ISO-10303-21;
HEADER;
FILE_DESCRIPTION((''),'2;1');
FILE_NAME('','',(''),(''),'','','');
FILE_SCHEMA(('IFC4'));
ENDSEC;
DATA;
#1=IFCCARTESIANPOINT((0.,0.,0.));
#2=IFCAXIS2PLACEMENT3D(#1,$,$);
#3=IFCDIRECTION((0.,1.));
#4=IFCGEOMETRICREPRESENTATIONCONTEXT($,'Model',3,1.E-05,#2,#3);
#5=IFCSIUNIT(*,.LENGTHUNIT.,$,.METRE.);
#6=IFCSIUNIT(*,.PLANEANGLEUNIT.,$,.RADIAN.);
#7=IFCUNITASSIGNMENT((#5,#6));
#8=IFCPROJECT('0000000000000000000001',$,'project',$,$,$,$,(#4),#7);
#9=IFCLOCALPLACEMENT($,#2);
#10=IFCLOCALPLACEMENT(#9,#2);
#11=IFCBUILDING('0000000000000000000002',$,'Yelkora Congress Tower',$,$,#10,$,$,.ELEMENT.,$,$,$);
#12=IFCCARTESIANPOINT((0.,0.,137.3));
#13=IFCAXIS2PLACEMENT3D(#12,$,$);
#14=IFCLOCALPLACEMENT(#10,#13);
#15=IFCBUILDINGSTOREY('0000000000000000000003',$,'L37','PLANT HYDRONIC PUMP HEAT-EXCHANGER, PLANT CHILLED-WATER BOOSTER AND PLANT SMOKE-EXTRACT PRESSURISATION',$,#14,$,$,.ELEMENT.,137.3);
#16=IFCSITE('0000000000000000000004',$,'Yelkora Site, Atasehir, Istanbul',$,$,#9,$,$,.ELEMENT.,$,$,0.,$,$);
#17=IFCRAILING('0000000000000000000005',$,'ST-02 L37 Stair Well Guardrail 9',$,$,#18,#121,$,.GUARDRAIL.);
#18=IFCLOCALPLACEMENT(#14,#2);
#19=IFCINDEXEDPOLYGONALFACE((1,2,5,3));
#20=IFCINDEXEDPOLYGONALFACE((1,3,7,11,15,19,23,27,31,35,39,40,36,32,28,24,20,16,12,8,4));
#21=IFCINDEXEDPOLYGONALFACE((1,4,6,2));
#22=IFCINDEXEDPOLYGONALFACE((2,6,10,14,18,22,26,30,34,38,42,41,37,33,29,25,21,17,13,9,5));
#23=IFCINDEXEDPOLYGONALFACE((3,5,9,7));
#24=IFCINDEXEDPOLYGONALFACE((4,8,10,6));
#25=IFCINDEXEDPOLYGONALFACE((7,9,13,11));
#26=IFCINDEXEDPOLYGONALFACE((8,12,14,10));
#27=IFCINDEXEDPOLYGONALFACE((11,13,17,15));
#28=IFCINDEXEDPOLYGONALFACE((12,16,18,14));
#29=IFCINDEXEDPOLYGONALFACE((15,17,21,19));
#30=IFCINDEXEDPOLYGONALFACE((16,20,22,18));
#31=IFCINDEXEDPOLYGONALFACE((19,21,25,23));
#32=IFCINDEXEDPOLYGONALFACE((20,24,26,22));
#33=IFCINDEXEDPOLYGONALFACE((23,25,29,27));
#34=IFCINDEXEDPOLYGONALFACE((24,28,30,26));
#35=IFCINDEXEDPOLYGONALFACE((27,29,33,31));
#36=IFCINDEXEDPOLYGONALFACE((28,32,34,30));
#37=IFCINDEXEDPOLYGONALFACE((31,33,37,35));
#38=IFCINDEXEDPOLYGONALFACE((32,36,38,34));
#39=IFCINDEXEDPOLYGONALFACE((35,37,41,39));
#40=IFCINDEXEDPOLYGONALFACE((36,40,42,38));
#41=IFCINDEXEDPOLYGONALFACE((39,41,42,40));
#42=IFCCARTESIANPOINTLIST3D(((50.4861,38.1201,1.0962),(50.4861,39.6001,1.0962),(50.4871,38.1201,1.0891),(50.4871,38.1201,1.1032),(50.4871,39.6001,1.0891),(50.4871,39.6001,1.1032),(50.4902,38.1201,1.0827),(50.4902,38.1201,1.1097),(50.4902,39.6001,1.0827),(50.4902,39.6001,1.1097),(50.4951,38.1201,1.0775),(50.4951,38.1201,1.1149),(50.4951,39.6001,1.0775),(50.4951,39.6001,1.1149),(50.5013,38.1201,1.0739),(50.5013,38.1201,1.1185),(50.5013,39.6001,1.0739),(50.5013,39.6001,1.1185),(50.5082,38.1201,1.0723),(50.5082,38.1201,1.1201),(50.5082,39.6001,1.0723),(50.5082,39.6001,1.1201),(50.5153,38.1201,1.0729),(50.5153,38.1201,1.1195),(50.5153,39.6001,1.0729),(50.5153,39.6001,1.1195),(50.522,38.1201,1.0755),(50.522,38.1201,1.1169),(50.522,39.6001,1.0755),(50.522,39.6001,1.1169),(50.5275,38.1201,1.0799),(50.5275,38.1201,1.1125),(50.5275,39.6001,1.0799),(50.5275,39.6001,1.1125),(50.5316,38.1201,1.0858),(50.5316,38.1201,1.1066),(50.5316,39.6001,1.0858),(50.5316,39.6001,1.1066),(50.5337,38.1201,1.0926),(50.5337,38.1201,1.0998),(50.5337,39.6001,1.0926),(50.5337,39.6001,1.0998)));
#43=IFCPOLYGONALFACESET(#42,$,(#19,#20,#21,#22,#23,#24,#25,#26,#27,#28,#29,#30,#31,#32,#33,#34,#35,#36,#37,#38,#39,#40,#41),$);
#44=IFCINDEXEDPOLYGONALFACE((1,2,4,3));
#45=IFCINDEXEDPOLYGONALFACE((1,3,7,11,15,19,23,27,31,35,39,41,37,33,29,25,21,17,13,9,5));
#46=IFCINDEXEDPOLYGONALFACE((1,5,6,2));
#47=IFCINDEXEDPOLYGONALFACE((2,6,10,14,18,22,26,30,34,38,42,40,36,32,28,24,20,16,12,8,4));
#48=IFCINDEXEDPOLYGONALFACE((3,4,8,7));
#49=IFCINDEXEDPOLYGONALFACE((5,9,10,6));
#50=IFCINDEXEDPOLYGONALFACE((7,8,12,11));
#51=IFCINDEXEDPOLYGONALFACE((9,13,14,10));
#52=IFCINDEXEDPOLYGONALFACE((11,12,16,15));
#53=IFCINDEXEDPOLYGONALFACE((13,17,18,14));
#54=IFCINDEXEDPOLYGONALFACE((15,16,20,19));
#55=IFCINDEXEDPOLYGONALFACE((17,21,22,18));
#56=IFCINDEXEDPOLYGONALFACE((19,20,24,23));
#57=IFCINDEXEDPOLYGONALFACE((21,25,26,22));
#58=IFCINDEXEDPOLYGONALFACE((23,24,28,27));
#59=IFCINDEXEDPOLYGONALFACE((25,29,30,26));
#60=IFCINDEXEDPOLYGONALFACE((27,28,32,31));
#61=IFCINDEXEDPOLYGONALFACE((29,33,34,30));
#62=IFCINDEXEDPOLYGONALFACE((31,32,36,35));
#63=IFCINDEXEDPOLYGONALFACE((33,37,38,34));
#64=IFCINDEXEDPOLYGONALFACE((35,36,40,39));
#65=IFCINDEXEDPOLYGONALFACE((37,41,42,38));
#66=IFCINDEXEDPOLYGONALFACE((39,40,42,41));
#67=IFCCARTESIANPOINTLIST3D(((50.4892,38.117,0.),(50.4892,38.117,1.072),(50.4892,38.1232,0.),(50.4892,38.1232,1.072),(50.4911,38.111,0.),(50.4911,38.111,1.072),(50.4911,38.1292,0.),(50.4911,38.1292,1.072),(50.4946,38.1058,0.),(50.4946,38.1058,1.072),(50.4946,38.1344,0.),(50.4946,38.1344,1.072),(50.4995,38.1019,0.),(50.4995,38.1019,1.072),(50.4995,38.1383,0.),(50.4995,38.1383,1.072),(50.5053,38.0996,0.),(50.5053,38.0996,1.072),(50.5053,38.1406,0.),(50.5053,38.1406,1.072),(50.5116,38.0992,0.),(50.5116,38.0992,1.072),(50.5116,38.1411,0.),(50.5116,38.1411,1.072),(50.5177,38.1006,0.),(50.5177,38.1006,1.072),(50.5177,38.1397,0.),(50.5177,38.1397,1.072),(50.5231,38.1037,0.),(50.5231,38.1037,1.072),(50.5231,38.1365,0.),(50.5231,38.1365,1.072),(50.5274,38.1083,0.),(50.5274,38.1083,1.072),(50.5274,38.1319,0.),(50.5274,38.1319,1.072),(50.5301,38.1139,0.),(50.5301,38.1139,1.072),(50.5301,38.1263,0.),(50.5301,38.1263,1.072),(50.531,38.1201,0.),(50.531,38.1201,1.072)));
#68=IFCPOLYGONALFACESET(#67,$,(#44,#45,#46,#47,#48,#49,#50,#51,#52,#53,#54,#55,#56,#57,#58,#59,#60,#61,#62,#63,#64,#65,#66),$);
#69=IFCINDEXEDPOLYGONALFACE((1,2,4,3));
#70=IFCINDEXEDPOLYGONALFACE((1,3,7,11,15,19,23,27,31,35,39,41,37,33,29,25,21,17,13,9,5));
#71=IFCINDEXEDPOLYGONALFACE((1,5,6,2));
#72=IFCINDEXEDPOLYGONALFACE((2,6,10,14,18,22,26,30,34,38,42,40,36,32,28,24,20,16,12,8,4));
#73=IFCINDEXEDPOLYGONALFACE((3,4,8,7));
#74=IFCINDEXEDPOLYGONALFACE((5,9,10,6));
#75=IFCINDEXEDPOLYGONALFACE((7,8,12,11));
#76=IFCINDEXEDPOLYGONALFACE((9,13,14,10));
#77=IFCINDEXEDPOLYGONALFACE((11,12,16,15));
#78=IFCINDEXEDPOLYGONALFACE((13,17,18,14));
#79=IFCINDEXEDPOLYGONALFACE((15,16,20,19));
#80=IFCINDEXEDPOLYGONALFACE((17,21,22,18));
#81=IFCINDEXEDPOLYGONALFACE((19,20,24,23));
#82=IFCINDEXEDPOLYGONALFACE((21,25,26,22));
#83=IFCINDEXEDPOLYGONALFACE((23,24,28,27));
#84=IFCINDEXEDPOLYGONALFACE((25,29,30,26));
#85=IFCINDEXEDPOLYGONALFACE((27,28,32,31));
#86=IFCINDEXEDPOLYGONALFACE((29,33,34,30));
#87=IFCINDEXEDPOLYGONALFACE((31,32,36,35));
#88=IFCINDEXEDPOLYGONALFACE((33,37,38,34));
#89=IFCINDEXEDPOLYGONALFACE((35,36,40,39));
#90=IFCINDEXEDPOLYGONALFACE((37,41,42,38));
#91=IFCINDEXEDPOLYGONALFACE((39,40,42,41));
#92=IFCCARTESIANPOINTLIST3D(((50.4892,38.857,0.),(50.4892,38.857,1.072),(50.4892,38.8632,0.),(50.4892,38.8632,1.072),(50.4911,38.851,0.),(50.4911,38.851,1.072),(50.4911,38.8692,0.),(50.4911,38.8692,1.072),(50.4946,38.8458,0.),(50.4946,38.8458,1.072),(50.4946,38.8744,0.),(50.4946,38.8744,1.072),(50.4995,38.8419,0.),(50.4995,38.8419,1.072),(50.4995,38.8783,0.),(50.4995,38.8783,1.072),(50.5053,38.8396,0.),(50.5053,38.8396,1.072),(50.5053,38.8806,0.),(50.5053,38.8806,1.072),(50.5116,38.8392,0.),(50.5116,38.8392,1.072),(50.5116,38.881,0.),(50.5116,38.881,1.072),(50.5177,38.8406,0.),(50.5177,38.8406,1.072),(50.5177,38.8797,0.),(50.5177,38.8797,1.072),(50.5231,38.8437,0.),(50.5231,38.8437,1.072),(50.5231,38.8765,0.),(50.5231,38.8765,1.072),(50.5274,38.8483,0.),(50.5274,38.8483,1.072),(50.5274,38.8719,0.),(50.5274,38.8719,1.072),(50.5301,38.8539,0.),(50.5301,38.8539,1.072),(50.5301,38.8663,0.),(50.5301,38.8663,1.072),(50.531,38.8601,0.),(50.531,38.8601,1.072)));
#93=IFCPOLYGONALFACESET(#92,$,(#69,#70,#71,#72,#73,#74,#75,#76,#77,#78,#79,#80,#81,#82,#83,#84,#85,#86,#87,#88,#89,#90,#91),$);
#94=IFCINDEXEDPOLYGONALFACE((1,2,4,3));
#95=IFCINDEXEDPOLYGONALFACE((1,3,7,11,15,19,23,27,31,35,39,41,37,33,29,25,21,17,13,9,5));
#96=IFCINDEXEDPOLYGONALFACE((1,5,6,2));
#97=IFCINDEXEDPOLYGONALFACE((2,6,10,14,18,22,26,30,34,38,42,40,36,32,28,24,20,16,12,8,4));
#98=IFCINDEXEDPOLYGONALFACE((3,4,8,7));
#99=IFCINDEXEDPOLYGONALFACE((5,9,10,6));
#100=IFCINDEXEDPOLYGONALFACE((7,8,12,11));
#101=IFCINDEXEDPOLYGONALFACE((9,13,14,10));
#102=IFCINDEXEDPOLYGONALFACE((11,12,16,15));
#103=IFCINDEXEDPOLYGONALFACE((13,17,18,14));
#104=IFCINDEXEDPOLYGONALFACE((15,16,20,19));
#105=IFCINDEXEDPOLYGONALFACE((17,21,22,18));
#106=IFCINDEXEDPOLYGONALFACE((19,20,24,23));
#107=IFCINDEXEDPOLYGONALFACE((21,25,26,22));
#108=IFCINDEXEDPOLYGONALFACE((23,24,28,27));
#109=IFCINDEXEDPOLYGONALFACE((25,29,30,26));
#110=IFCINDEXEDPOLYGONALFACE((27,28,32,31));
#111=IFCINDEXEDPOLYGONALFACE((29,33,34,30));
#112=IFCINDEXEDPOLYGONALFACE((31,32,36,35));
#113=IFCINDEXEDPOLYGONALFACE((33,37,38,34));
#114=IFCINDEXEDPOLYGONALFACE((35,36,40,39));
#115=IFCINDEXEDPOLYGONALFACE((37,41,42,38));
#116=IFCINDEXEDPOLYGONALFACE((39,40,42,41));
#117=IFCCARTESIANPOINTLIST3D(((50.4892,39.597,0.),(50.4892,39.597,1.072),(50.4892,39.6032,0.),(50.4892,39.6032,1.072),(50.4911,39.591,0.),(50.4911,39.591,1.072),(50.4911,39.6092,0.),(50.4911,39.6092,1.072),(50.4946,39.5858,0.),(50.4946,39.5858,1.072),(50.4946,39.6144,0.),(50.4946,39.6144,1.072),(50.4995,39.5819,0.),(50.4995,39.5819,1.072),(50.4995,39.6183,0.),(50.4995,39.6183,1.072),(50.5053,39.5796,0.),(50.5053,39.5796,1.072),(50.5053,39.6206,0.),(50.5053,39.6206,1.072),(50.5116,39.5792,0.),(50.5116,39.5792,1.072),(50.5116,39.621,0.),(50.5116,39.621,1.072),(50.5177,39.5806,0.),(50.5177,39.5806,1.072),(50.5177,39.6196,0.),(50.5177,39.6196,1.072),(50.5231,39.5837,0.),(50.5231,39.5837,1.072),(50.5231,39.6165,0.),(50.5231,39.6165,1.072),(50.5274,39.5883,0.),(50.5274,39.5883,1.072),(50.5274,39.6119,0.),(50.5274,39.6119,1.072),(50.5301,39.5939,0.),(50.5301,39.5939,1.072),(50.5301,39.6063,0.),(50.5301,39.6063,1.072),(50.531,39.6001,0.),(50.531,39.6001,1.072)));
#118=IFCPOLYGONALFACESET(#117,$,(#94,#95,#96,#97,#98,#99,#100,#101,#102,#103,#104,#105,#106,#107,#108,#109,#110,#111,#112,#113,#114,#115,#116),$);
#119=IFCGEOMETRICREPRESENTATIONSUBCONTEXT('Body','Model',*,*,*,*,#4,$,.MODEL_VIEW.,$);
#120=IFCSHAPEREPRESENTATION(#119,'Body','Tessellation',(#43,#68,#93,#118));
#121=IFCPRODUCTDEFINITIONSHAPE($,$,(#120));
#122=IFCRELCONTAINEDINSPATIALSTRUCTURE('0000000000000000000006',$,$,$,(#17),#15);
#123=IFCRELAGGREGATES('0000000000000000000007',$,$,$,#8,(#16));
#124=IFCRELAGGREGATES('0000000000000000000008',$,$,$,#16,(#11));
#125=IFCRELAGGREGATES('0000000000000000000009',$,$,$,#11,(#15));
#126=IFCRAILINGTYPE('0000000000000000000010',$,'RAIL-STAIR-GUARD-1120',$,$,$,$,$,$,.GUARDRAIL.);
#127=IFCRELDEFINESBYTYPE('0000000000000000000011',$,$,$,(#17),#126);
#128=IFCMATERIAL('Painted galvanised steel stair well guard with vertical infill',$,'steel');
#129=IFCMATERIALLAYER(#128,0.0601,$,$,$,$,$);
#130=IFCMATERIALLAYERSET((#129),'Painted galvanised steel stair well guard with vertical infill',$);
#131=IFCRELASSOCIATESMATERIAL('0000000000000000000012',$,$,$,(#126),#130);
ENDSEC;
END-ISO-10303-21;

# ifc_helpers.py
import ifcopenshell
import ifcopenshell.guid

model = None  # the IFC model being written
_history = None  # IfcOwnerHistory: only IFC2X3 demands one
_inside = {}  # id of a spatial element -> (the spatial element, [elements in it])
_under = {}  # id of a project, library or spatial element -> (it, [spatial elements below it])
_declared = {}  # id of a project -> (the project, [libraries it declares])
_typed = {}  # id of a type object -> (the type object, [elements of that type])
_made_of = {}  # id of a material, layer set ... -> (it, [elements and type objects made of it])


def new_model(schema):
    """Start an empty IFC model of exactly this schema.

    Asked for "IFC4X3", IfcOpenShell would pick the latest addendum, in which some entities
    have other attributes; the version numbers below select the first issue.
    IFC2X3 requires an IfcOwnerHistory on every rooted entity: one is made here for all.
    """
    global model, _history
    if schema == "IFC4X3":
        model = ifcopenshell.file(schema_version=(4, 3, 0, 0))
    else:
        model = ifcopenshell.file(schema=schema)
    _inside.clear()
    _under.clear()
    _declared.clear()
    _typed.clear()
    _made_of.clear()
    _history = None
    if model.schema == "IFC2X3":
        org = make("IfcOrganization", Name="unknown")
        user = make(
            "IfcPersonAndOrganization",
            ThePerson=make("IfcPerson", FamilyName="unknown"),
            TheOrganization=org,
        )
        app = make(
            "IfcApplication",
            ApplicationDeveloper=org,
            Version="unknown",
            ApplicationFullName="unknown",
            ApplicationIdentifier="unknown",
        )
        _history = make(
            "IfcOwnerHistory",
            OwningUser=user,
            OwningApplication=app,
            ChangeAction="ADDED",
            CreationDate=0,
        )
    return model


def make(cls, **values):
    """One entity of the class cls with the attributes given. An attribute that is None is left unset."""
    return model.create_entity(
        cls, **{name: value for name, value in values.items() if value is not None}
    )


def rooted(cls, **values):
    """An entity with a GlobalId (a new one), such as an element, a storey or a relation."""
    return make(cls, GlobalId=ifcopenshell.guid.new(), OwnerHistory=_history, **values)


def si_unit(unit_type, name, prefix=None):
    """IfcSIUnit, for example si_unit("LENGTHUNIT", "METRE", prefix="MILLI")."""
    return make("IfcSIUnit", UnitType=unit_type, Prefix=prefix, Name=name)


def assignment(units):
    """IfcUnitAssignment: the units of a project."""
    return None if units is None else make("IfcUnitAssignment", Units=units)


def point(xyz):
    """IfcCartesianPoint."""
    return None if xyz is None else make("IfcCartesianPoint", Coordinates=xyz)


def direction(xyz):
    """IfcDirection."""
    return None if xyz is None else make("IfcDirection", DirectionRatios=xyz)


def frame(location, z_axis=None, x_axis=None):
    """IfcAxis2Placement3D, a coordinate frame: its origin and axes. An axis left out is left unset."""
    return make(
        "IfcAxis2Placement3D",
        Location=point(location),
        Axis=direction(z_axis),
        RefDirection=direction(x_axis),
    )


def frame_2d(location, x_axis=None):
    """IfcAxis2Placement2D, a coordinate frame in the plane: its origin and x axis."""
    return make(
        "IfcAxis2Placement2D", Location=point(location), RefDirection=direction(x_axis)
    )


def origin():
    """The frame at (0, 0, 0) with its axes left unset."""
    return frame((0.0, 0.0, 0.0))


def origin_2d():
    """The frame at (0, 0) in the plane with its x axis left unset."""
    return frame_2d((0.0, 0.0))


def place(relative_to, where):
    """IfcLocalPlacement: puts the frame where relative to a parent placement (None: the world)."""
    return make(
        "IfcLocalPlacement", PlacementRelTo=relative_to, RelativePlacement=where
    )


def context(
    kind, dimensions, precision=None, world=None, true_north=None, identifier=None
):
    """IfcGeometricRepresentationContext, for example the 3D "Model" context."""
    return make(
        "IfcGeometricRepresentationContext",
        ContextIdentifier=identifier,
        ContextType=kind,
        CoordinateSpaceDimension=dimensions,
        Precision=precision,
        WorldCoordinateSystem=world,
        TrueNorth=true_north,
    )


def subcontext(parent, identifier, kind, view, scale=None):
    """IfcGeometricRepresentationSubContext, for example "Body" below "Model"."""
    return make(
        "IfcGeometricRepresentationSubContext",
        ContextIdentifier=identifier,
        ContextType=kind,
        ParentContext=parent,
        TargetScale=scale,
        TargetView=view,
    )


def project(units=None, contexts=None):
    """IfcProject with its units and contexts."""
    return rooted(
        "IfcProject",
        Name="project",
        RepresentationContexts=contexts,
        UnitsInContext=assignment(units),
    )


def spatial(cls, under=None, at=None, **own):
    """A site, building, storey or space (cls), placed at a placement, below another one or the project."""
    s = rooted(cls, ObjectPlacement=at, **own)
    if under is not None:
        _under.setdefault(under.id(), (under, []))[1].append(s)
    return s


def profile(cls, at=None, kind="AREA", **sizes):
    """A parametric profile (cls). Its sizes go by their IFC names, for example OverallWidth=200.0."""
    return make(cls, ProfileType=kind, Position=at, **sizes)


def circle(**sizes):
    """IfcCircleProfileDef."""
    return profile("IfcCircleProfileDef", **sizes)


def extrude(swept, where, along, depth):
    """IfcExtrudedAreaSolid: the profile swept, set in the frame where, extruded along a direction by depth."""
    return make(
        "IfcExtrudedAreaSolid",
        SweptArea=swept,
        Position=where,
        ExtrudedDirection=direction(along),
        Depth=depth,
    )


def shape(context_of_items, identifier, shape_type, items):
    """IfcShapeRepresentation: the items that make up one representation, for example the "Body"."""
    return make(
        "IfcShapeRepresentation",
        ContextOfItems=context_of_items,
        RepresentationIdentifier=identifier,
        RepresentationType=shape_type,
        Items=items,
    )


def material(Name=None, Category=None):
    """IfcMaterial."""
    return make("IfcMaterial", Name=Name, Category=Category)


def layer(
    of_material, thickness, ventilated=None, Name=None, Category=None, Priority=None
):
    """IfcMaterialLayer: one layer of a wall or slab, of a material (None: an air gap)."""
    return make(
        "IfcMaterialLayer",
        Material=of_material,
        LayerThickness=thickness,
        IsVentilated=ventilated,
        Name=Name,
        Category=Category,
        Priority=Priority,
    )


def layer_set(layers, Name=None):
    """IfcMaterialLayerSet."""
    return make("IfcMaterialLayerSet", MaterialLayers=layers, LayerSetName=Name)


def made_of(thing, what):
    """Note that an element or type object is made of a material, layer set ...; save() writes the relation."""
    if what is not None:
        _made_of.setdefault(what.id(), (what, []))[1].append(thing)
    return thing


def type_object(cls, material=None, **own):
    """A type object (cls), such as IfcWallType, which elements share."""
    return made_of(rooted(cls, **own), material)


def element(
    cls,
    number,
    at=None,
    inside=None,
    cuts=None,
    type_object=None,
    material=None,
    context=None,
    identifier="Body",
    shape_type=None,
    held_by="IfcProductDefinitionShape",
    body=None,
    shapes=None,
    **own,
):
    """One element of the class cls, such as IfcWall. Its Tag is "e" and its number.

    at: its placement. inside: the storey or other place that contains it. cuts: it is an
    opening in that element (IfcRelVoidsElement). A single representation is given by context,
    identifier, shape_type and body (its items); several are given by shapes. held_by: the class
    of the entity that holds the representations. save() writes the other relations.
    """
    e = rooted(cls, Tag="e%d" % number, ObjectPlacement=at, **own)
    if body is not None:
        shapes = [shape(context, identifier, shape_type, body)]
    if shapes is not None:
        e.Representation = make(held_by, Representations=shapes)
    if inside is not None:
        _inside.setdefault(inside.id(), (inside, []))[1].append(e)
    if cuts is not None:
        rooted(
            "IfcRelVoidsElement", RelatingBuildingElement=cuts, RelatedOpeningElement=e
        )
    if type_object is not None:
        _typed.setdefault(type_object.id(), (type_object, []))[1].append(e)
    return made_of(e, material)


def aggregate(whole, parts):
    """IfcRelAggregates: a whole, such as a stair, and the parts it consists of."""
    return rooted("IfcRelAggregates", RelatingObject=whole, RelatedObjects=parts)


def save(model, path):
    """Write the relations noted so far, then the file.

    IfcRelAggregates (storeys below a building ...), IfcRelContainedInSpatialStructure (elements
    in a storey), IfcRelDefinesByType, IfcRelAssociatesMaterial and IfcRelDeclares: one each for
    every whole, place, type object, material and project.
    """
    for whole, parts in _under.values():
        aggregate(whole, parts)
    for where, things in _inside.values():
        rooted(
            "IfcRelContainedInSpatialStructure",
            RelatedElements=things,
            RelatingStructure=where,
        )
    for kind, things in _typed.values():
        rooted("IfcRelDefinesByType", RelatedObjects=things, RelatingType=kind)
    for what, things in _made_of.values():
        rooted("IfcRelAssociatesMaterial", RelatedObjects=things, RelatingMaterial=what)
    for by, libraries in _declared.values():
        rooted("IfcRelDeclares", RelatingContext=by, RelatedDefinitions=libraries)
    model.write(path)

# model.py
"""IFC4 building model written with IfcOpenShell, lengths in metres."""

from ifc_helpers import new_model, si_unit, direction, frame, origin, origin_2d, place, context, subcontext, project, spatial, circle, extrude, material, layer, layer_set, type_object, element, save


model = new_model("IFC4")

# Units and contexts
model_context = context("Model", 3, precision=1e-05, world=origin(), true_north=direction((0.0, 1.0)))
body_context = subcontext(model_context, "Body", "Model", "MODEL_VIEW")
ifc_project = project(units=[si_unit("LENGTHUNIT", "METRE"), si_unit("PLANEANGLEUNIT", "RADIAN")], contexts=[model_context])

# Site, building, storey
site_placement = place(None, origin())
site = spatial("IfcSite", under=ifc_project, at=site_placement, Name="Yelkora Site, Atasehir, Istanbul", CompositionType="ELEMENT", RefElevation=0.0)
building_placement = place(site_placement, origin())
building = spatial("IfcBuilding", under=site, at=building_placement, Name="Yelkora Congress Tower", CompositionType="ELEMENT")
storey_placement = place(building_placement, frame((0.0, 0.0, 137.3)))
storey = spatial("IfcBuildingStorey", under=building, at=storey_placement, Name="L37", Description="PLANT HYDRONIC PUMP HEAT-EXCHANGER, PLANT CHILLED-WATER BOOSTER AND PLANT SMOKE-EXTRACT PRESSURISATION", CompositionType="ELEMENT", Elevation=137.3)

# Railing
ifc_material_1 = material(Name="Painted galvanised steel stair well guard with vertical infill", Category="steel")
ifc_layer_1 = layer(ifc_material_1, 0.0601)
ifc_layer_set_1 = layer_set([ifc_layer_1], Name="Painted galvanised steel stair well guard with vertical infill")
railing_type_1 = type_object("IfcRailingType", Name="RAIL-STAIR-GUARD-1120", PredefinedType="GUARDRAIL", material=ifc_layer_set_1)
for number, where, name in (
    (1, (50.51, 38.1201, 0.0), "ST-02 L37 Stair Well Guardrail 9"),
):
    element("IfcRailing", number, at=place(storey_placement, frame(where)), inside=storey, type_object=railing_type_1, Name=name, PredefinedType="GUARDRAIL", context=body_context, shape_type="SweptSolid", body=[
        extrude(circle(Radius=0.0239, at=origin_2d()), frame((0.0, 0.0, 1.0962), z_axis=(0.0, 1.0, 0.0), x_axis=(-1.0, 0.0, 0.0)), (0.0, 0.0, 1.0), 1.48),
        extrude(circle(Radius=0.021, at=origin_2d()), origin(), (0.0, 0.0, 1.0), 1.072),
        extrude(circle(Radius=0.021, at=origin_2d()), frame((0.0, 0.74, 0.0)), (0.0, 0.0, 1.0), 1.072),
        extrude(circle(Radius=0.021, at=origin_2d()), frame((0.0, 1.48, 0.0)), (0.0, 0.0, 1.0), 1.072),
    ])

save(model, "model.ifc")
